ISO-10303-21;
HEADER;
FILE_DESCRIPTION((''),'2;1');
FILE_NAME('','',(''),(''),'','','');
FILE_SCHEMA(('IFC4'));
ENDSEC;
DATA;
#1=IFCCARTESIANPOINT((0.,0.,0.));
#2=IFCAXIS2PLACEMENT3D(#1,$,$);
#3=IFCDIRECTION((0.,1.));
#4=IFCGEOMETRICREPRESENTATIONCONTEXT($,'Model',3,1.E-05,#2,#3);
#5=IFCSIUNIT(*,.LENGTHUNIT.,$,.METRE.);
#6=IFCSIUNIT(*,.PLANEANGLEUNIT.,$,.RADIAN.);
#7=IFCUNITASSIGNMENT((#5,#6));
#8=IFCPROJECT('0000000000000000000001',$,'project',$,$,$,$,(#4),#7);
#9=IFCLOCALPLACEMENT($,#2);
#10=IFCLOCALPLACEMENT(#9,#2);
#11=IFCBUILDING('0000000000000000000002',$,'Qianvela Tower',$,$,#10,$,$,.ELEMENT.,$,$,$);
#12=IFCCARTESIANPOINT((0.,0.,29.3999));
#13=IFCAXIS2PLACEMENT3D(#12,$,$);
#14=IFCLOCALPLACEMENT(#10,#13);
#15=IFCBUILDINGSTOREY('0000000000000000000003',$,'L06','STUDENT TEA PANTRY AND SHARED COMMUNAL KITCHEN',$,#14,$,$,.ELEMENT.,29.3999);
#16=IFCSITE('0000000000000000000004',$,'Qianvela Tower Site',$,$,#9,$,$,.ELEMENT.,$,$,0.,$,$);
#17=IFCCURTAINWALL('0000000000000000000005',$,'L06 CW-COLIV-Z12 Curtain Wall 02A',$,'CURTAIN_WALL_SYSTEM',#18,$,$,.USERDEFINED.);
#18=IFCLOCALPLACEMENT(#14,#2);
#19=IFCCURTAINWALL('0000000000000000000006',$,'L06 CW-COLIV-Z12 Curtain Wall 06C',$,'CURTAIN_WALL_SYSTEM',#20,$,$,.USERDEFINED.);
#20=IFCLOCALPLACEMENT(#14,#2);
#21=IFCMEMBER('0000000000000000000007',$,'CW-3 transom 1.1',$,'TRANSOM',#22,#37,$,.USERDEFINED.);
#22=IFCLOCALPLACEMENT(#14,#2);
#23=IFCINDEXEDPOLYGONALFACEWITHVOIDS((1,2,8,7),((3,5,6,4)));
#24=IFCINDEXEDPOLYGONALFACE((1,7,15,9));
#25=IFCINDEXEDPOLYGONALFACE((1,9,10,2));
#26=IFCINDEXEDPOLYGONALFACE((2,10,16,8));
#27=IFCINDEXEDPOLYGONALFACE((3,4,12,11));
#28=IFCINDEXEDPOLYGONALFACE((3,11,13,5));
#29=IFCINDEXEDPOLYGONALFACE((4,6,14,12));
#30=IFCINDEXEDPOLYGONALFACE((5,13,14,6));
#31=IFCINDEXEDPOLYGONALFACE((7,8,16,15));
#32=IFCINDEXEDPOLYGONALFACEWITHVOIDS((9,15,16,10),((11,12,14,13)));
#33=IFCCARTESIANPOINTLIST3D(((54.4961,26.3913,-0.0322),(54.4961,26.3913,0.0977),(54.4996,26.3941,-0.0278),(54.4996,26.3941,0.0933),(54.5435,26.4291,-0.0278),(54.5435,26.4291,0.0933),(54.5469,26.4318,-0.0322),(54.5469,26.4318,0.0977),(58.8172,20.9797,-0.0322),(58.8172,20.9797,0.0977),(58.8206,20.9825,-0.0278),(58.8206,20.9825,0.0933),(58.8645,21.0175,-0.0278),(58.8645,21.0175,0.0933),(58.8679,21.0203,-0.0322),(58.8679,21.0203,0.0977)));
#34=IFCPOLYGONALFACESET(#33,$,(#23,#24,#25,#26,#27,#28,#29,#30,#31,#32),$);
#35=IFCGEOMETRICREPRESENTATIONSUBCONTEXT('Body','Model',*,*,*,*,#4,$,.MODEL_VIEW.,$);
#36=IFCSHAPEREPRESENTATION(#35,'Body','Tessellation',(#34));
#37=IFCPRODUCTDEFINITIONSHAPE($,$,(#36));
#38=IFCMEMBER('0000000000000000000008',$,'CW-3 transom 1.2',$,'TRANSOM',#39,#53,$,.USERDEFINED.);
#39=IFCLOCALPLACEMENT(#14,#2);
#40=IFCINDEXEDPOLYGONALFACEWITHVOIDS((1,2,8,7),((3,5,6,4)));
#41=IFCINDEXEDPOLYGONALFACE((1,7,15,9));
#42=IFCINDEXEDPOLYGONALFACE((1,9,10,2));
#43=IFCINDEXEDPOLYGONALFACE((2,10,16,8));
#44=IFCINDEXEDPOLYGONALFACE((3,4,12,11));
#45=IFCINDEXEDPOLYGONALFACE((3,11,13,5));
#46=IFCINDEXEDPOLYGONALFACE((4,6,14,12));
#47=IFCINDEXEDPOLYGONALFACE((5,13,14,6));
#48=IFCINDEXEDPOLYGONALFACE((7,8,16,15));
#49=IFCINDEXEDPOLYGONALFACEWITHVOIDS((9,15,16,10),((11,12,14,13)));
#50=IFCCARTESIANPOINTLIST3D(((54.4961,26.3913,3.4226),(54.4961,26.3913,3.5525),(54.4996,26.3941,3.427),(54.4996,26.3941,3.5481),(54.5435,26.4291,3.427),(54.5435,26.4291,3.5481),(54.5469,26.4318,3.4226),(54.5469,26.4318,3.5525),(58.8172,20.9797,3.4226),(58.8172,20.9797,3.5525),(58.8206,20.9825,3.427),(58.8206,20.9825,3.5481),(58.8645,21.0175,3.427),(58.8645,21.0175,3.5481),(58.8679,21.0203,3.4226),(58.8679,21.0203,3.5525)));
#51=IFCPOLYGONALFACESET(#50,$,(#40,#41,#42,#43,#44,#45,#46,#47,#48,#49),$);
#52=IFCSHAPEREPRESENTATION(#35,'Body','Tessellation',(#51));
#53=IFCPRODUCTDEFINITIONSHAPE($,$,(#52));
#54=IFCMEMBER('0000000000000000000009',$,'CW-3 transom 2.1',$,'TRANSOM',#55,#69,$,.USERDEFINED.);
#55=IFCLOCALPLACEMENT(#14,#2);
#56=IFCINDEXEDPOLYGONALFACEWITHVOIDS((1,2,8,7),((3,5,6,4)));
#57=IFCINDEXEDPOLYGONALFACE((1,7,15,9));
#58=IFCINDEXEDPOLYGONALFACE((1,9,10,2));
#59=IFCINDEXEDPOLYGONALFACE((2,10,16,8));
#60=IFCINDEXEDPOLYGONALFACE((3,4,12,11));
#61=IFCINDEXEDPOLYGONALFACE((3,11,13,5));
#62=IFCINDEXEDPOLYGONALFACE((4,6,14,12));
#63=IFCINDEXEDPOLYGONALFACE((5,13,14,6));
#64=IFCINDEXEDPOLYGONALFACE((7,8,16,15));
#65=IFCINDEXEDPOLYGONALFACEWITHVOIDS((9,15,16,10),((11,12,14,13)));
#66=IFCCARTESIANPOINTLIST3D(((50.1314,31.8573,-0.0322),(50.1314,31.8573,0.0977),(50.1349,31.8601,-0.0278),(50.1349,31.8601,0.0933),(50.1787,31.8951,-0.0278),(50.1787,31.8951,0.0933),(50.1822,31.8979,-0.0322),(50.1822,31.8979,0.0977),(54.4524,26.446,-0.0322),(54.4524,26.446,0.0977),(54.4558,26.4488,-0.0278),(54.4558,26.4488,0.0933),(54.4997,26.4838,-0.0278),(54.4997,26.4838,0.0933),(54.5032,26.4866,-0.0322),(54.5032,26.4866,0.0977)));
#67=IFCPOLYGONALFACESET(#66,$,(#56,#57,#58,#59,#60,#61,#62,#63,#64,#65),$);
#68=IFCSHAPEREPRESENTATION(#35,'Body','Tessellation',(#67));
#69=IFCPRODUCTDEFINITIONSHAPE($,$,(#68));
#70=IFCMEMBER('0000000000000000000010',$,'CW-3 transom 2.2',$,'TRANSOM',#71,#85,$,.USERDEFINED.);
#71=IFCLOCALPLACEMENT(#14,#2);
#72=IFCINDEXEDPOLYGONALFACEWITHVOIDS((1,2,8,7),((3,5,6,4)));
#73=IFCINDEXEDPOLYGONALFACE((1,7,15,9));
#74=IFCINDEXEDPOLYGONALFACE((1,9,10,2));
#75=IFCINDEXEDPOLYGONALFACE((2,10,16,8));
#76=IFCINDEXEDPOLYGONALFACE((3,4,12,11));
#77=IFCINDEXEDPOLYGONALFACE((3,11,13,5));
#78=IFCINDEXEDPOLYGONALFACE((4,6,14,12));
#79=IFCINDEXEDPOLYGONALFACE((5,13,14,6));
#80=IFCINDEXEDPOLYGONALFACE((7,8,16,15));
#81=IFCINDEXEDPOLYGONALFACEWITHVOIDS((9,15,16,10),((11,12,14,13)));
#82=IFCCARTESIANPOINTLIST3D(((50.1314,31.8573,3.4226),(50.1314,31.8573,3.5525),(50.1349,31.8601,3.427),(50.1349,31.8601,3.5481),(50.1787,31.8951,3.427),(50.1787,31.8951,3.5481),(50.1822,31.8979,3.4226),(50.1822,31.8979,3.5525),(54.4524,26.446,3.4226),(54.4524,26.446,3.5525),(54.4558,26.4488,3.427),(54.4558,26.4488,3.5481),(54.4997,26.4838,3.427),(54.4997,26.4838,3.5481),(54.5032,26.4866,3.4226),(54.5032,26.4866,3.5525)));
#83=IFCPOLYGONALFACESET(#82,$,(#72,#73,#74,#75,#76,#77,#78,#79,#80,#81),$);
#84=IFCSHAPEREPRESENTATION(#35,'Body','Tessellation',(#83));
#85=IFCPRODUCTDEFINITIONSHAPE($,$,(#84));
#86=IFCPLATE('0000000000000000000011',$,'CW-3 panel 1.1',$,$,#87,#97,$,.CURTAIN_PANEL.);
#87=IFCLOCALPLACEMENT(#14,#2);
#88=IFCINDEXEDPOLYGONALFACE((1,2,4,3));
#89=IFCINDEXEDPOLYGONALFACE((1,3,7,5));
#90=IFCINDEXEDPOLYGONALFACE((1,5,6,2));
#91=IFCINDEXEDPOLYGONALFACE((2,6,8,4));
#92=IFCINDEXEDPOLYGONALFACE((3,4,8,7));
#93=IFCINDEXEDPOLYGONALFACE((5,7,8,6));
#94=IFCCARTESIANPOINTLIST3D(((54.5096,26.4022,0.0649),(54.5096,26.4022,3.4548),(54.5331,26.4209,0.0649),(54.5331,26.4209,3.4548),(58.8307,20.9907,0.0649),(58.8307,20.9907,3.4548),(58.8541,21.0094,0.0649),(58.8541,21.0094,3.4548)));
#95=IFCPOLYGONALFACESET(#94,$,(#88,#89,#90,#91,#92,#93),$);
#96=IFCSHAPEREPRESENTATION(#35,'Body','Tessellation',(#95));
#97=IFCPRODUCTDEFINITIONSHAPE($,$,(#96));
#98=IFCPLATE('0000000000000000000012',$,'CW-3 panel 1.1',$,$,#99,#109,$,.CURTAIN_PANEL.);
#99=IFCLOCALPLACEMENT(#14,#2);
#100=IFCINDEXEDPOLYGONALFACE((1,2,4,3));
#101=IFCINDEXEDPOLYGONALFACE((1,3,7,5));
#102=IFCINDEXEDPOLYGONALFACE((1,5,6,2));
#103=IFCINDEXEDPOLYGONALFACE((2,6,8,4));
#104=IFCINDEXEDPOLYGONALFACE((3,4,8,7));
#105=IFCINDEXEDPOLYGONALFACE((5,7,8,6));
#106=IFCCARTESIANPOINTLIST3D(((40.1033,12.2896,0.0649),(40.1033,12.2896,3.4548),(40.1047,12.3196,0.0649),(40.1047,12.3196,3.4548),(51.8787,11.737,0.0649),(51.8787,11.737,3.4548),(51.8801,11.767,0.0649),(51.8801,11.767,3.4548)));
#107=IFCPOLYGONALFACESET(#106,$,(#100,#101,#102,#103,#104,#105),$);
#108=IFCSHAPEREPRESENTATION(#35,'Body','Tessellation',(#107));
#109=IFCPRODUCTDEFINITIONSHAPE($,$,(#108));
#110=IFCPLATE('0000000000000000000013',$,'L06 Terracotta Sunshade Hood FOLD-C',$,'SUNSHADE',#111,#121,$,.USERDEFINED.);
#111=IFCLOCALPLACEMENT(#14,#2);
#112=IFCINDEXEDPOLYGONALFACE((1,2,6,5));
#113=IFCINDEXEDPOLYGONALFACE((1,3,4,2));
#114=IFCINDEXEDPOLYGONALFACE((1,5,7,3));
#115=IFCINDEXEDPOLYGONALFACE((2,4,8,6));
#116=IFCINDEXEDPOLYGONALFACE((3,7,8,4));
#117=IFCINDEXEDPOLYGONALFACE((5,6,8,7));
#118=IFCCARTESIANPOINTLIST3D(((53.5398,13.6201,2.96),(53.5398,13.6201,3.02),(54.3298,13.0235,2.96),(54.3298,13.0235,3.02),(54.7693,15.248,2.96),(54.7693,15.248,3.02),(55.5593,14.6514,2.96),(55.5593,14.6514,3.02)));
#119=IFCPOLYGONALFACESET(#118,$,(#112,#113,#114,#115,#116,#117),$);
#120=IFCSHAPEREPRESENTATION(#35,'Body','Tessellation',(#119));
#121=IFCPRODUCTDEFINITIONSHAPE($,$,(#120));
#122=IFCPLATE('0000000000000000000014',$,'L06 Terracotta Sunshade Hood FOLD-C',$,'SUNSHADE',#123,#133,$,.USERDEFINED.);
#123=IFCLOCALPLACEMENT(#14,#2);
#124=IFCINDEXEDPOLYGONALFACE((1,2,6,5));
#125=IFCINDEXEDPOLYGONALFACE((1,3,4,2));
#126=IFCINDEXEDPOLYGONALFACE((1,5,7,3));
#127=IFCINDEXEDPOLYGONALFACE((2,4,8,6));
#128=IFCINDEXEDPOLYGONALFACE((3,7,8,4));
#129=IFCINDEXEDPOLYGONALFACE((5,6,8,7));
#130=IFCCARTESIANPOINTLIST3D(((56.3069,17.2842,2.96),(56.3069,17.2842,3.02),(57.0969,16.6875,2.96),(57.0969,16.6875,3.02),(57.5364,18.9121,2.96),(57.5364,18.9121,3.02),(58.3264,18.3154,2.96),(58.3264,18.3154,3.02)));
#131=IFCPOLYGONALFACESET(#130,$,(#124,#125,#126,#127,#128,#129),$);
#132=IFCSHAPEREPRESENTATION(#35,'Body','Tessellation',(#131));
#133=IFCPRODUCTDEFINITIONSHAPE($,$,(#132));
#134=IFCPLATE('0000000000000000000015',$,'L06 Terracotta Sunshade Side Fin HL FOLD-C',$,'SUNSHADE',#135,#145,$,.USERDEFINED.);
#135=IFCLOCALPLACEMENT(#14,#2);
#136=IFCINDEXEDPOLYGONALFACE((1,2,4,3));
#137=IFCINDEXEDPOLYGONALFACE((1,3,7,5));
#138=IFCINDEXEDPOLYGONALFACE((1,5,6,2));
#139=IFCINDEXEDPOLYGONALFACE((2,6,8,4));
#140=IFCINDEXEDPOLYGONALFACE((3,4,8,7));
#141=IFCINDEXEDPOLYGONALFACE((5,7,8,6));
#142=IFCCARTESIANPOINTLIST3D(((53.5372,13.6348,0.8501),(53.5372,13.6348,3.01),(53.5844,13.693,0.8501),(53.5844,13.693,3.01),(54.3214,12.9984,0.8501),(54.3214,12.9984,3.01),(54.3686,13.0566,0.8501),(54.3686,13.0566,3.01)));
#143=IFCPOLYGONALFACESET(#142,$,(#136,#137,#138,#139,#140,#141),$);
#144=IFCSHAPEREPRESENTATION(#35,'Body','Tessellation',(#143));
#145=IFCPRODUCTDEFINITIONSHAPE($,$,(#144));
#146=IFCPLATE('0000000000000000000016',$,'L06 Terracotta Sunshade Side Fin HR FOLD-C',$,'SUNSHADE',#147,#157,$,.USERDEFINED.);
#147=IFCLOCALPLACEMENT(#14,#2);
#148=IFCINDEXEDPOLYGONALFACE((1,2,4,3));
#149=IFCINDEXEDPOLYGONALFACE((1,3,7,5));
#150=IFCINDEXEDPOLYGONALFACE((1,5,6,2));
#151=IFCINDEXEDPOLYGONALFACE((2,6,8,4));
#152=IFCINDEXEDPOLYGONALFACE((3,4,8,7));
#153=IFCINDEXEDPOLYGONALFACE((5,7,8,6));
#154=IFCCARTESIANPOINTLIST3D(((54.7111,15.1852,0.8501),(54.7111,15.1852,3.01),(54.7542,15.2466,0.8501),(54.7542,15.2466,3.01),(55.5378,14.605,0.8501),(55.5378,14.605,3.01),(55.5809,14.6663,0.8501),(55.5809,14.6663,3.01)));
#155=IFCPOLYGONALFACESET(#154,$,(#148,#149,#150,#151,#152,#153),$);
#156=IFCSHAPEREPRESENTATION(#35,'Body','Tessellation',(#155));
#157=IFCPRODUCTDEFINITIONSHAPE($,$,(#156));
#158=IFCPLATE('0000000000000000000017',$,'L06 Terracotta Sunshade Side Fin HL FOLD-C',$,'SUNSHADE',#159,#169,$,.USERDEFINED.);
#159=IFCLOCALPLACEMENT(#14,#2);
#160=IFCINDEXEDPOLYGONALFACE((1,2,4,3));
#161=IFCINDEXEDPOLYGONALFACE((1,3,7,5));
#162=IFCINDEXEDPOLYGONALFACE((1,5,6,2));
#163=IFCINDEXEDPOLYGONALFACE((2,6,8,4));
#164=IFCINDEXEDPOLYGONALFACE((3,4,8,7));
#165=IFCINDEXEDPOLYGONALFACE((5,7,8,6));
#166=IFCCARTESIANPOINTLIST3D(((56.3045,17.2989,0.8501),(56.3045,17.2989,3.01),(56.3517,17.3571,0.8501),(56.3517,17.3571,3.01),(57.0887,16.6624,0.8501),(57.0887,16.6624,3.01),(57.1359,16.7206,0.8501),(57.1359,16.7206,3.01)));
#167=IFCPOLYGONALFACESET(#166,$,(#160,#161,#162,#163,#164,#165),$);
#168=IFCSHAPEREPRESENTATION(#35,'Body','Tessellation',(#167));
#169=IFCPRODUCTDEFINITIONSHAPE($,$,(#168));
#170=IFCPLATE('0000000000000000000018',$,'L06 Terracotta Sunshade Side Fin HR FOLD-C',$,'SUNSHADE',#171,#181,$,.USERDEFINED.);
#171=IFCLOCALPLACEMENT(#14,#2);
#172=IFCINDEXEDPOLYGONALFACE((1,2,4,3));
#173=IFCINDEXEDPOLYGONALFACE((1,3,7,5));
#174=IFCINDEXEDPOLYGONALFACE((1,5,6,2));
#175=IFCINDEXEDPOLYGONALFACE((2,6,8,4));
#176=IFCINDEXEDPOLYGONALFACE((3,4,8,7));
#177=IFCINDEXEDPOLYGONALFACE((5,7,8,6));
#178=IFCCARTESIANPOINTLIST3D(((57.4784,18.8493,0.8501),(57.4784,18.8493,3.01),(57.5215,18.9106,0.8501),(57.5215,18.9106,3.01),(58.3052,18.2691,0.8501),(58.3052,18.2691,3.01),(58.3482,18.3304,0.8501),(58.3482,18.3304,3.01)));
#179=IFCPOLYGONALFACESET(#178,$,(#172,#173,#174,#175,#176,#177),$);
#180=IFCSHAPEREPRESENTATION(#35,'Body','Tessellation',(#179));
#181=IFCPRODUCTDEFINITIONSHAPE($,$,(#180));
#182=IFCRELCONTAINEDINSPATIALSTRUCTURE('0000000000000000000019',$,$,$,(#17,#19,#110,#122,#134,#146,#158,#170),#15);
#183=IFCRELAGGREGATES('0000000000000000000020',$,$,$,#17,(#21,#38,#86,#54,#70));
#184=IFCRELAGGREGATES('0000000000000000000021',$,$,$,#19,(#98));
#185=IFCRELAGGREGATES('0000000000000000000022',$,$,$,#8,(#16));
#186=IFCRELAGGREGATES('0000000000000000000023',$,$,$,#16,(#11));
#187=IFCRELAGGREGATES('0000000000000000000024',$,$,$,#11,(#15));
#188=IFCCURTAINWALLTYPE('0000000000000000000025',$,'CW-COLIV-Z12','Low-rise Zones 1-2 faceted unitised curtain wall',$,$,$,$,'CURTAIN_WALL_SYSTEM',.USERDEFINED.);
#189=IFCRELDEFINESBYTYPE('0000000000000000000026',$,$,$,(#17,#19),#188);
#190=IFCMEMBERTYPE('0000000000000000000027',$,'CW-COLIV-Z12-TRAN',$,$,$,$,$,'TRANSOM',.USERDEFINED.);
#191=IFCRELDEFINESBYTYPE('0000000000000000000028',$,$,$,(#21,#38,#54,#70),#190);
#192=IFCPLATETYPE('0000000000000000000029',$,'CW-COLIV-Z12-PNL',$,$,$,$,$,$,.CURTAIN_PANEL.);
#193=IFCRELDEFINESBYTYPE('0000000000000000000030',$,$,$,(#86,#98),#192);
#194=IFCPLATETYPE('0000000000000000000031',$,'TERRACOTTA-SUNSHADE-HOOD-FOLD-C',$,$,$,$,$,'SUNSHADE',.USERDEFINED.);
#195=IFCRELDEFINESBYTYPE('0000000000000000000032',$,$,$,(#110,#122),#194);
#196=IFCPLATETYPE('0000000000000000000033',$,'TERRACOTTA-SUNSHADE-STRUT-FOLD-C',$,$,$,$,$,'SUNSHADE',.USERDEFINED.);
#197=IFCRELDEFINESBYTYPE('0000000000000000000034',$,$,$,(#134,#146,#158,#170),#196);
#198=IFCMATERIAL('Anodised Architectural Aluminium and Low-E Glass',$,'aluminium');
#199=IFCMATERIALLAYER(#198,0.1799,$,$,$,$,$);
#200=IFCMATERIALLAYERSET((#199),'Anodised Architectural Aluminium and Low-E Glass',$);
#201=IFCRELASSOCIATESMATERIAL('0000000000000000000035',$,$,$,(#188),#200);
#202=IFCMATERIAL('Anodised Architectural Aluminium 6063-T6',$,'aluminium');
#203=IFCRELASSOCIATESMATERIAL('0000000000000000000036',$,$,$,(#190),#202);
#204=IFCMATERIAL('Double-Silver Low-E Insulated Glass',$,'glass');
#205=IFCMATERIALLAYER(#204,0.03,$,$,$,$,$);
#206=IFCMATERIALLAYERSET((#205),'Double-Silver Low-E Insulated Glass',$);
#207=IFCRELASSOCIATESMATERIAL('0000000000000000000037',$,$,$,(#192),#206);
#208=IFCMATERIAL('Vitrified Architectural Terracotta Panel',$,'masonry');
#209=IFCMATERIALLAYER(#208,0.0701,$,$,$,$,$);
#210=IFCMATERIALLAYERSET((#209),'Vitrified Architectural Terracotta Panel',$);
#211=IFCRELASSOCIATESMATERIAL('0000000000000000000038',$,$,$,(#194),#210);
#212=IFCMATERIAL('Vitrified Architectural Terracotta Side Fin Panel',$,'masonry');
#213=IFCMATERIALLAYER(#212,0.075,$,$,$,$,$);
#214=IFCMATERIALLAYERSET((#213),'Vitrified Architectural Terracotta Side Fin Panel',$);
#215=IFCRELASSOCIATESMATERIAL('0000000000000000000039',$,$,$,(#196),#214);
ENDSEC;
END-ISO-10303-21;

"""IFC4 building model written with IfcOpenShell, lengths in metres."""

from ifc_helpers import new_model, si_unit, direction, frame, origin, origin_2d, place, context, subcontext, project, spatial, rectangle, hollow_rectangle, extrude, material, layer, layer_set, material_profile, profile_set, type_object, element, aggregate, save


model = new_model("IFC4")

# Units and contexts
model_context = context("Model", 3, precision=1e-05, world=origin(), true_north=direction((0.0, 1.0)))
body_context = subcontext(model_context, "Body", "Model", "MODEL_VIEW")
ifc_project = project(units=[si_unit("LENGTHUNIT", "METRE"), si_unit("PLANEANGLEUNIT", "RADIAN")], contexts=[model_context])

# Site, building, storey
site_placement = place(None, origin())
site = spatial("IfcSite", under=ifc_project, at=site_placement, Name="Qianvela Tower Site", CompositionType="ELEMENT", RefElevation=0.0)
building_placement = place(site_placement, origin())
building = spatial("IfcBuilding", under=site, at=building_placement, Name="Qianvela Tower", CompositionType="ELEMENT")
storey_placement = place(building_placement, frame((0.0, 0.0, 29.3999)))
storey = spatial("IfcBuildingStorey", under=building, at=storey_placement, Name="L06", Description="STUDENT TEA PANTRY AND SHARED COMMUNAL KITCHEN", CompositionType="ELEMENT", Elevation=29.3999)

# Curtain wall
ifc_material_1 = material(Name="Anodised Architectural Aluminium and Low-E Glass", Category="aluminium")
ifc_layer_1 = layer(ifc_material_1, 0.1799)
ifc_layer_set_1 = layer_set([ifc_layer_1], Name="Anodised Architectural Aluminium and Low-E Glass")
curtain_wall_type = type_object("IfcCurtainWallType", Name="CW-COLIV-Z12", Description="Low-rise Zones 1-2 faceted unitised curtain wall", ElementType="CURTAIN_WALL_SYSTEM", PredefinedType="USERDEFINED", material=ifc_layer_set_1)
curtain_wall_1_placement = place(storey_placement, origin())
curtain_wall_1 = element("IfcCurtainWall", 1, at=curtain_wall_1_placement, inside=storey, type_object=curtain_wall_type, Name="L06 CW-COLIV-Z12 Curtain Wall 02A", ObjectType="CURTAIN_WALL_SYSTEM", PredefinedType="USERDEFINED")

# Curtain wall
curtain_wall_2_placement = place(storey_placement, origin())
curtain_wall_2 = element("IfcCurtainWall", 2, at=curtain_wall_2_placement, inside=storey, type_object=curtain_wall_type, Name="L06 CW-COLIV-Z12 Curtain Wall 06C", ObjectType="CURTAIN_WALL_SYSTEM", PredefinedType="USERDEFINED")

# Members
ifc_material_2 = material(Name="Anodised Architectural Aluminium 6063-T6", Category="aluminium")
ifc_material_profile_1 = material_profile(ifc_material_2, hollow_rectangle(XDim=0.0649, YDim=0.1299, WallThickness=0.0044, at=origin_2d()), Name="ALU-TRAN-65x130")
ifc_profile_set_1 = profile_set([ifc_material_profile_1], Name="Anodised Architectural Aluminium 6063-T6")
member_type_1 = type_object("IfcMemberType", Name="CW-COLIV-Z12-TRAN", ElementType="TRANSOM", PredefinedType="USERDEFINED", material=ifc_profile_set_1)
member_1_placement = place(storey_placement, frame((58.8425, 21.0, 0.0327), z_axis=(-0.623968, 0.78145, 0.0), x_axis=(-0.78145, -0.623968, 0.0)))
member_1 = element("IfcMember", 3, at=member_1_placement, type_object=member_type_1, Name="CW-3 transom 1.1", ObjectType="TRANSOM", PredefinedType="USERDEFINED", context=body_context, shape_type="SweptSolid", body=[
    extrude(hollow_rectangle(XDim=0.0649, YDim=0.1299, WallThickness=0.0044, at=origin_2d()), origin(), (0.0, 0.0, 1.0), 6.925),
])
member_2_placement = place(storey_placement, frame((58.8425, 21.0, 3.4875), z_axis=(-0.623968, 0.78145, 0.0), x_axis=(-0.78145, -0.623968, 0.0)))
member_2 = element("IfcMember", 4, at=member_2_placement, type_object=member_type_1, Name="CW-3 transom 1.2", ObjectType="TRANSOM", PredefinedType="USERDEFINED", context=body_context, shape_type="SweptSolid", body=[
    extrude(hollow_rectangle(XDim=0.0649, YDim=0.1299, WallThickness=0.0044, at=origin_2d()), origin(), (0.0, 0.0, 1.0), 6.925),
])
member_3_placement = place(storey_placement, frame((54.4778, 26.4663, 0.0327), z_axis=(-0.623985, 0.781436, 0.0), x_axis=(-0.781436, -0.623985, 0.0)))
member_3 = element("IfcMember", 5, at=member_3_placement, type_object=member_type_1, Name="CW-3 transom 2.1", ObjectType="TRANSOM", PredefinedType="USERDEFINED", context=body_context, shape_type="SweptSolid", body=[
    extrude(hollow_rectangle(XDim=0.0649, YDim=0.1299, WallThickness=0.0044, at=origin_2d()), origin(), (0.0, 0.0, 1.0), 6.9248),
])
member_4_placement = place(storey_placement, frame((54.4778, 26.4663, 3.4875), z_axis=(-0.623985, 0.781436, 0.0), x_axis=(-0.781436, -0.623985, 0.0)))
member_4 = element("IfcMember", 6, at=member_4_placement, type_object=member_type_1, Name="CW-3 transom 2.2", ObjectType="TRANSOM", PredefinedType="USERDEFINED", context=body_context, shape_type="SweptSolid", body=[
    extrude(hollow_rectangle(XDim=0.0649, YDim=0.1299, WallThickness=0.0044, at=origin_2d()), origin(), (0.0, 0.0, 1.0), 6.9248),
])

# Plates
ifc_material_3 = material(Name="Double-Silver Low-E Insulated Glass", Category="glass")
ifc_layer_2 = layer(ifc_material_3, 0.03)
ifc_layer_set_2 = layer_set([ifc_layer_2], Name="Double-Silver Low-E Insulated Glass")
plate_type_1 = type_object("IfcPlateType", Name="CW-COLIV-Z12-PNL", PredefinedType="CURTAIN_PANEL", material=ifc_layer_set_2)
plate_1_placement = place(storey_placement, frame((56.6819, 23.7058, 0.0649), z_axis=(0.0, 0.0, 1.0), x_axis=(-0.623976, 0.781444, 0.0)))
plate_1 = element("IfcPlate", 7, at=plate_1_placement, type_object=plate_type_1, Name="CW-3 panel 1.1", PredefinedType="CURTAIN_PANEL", context=body_context, shape_type="SweptSolid", body=[
    extrude(rectangle(XDim=6.925, YDim=0.03, at=origin_2d()), origin(), (0.0, 0.0, 1.0), 3.3899),
])
aggregate(curtain_wall_1, [member_1, member_2, plate_1, member_3, member_4])
plate_2_placement = place(storey_placement, frame((45.9917, 12.0283, 0.0649), z_axis=(0.0, 0.0, 1.0), x_axis=(0.998901, -0.04688, 0.0)))
plate_2 = element("IfcPlate", 8, at=plate_2_placement, type_object=plate_type_1, Name="CW-3 panel 1.1", PredefinedType="CURTAIN_PANEL", context=body_context, shape_type="SweptSolid", body=[
    extrude(rectangle(XDim=11.7883, YDim=0.03, at=origin_2d()), origin(), (0.0, 0.0, 1.0), 3.3899),
])
aggregate(curtain_wall_2, [plate_2])

# Plates
ifc_material_4 = material(Name="Vitrified Architectural Terracotta Panel", Category="masonry")
ifc_layer_3 = layer(ifc_material_4, 0.0701)
ifc_layer_set_3 = layer_set([ifc_layer_3], Name="Vitrified Architectural Terracotta Panel")
plate_type_2 = type_object("IfcPlateType", Name="TERRACOTTA-SUNSHADE-HOOD-FOLD-C", ElementType="SUNSHADE", PredefinedType="USERDEFINED", material=ifc_layer_set_3)
for number, where, z_axis, x_axis, name in (
    (9, (54.5496, 14.1357, 2.96), (0.0, 0.0, 1.0), (0.602693, 0.797973, 0.0), "L06 Terracotta Sunshade Hood FOLD-C"),
    (10, (57.3167, 17.7998, 2.96), (0.0, 0.0, 1.0), (0.602693, 0.797973, 0.0), "L06 Terracotta Sunshade Hood FOLD-C"),
):
    element("IfcPlate", number, at=place(storey_placement, frame(where, z_axis=z_axis, x_axis=x_axis)), inside=storey, type_object=plate_type_2, Name=name, ObjectType="SUNSHADE", PredefinedType="USERDEFINED", context=body_context, shape_type="SweptSolid", body=[
        extrude(rectangle(XDim=2.04, YDim=0.99, at=origin_2d()), origin(), (0.0, 0.0, 1.0), 0.0601),
    ])
ifc_material_5 = material(Name="Vitrified Architectural Terracotta Side Fin Panel", Category="masonry")
ifc_layer_4 = layer(ifc_material_5, 0.075)
ifc_layer_set_4 = layer_set([ifc_layer_4], Name="Vitrified Architectural Terracotta Side Fin Panel")
plate_type_3 = type_object("IfcPlateType", Name="TERRACOTTA-SUNSHADE-STRUT-FOLD-C", ElementType="SUNSHADE", PredefinedType="USERDEFINED", material=ifc_layer_set_4)
for number, where, z_axis, x_axis, name in (
    (11, (53.9529, 13.3457, 0.8501), (0.0, 0.0, 1.0), (0.630175, 0.776454, 0.0), "L06 Terracotta Sunshade Side Fin HL FOLD-C"),
    (12, (55.146, 14.9258, 0.8501), (0.0, 0.0, 1.0), (0.574477, 0.818521, 0.0), "L06 Terracotta Sunshade Side Fin HR FOLD-C"),
    (13, (56.7202, 17.0098, 0.8501), (0.0, 0.0, 1.0), (0.630175, 0.776454, 0.0), "L06 Terracotta Sunshade Side Fin HL FOLD-C"),
    (14, (57.9133, 18.5898, 0.8501), (0.0, 0.0, 1.0), (0.574477, 0.818521, 0.0), "L06 Terracotta Sunshade Side Fin HR FOLD-C"),
):
    element("IfcPlate", number, at=place(storey_placement, frame(where, z_axis=z_axis, x_axis=x_axis)), inside=storey, type_object=plate_type_3, Name=name, ObjectType="SUNSHADE", PredefinedType="USERDEFINED", context=body_context, shape_type="SweptSolid", body=[
        extrude(rectangle(XDim=0.075, YDim=1.01, at=origin_2d()), origin(), (0.0, 0.0, 1.0), 2.1599),
    ])

save(model, "model.ifc")
